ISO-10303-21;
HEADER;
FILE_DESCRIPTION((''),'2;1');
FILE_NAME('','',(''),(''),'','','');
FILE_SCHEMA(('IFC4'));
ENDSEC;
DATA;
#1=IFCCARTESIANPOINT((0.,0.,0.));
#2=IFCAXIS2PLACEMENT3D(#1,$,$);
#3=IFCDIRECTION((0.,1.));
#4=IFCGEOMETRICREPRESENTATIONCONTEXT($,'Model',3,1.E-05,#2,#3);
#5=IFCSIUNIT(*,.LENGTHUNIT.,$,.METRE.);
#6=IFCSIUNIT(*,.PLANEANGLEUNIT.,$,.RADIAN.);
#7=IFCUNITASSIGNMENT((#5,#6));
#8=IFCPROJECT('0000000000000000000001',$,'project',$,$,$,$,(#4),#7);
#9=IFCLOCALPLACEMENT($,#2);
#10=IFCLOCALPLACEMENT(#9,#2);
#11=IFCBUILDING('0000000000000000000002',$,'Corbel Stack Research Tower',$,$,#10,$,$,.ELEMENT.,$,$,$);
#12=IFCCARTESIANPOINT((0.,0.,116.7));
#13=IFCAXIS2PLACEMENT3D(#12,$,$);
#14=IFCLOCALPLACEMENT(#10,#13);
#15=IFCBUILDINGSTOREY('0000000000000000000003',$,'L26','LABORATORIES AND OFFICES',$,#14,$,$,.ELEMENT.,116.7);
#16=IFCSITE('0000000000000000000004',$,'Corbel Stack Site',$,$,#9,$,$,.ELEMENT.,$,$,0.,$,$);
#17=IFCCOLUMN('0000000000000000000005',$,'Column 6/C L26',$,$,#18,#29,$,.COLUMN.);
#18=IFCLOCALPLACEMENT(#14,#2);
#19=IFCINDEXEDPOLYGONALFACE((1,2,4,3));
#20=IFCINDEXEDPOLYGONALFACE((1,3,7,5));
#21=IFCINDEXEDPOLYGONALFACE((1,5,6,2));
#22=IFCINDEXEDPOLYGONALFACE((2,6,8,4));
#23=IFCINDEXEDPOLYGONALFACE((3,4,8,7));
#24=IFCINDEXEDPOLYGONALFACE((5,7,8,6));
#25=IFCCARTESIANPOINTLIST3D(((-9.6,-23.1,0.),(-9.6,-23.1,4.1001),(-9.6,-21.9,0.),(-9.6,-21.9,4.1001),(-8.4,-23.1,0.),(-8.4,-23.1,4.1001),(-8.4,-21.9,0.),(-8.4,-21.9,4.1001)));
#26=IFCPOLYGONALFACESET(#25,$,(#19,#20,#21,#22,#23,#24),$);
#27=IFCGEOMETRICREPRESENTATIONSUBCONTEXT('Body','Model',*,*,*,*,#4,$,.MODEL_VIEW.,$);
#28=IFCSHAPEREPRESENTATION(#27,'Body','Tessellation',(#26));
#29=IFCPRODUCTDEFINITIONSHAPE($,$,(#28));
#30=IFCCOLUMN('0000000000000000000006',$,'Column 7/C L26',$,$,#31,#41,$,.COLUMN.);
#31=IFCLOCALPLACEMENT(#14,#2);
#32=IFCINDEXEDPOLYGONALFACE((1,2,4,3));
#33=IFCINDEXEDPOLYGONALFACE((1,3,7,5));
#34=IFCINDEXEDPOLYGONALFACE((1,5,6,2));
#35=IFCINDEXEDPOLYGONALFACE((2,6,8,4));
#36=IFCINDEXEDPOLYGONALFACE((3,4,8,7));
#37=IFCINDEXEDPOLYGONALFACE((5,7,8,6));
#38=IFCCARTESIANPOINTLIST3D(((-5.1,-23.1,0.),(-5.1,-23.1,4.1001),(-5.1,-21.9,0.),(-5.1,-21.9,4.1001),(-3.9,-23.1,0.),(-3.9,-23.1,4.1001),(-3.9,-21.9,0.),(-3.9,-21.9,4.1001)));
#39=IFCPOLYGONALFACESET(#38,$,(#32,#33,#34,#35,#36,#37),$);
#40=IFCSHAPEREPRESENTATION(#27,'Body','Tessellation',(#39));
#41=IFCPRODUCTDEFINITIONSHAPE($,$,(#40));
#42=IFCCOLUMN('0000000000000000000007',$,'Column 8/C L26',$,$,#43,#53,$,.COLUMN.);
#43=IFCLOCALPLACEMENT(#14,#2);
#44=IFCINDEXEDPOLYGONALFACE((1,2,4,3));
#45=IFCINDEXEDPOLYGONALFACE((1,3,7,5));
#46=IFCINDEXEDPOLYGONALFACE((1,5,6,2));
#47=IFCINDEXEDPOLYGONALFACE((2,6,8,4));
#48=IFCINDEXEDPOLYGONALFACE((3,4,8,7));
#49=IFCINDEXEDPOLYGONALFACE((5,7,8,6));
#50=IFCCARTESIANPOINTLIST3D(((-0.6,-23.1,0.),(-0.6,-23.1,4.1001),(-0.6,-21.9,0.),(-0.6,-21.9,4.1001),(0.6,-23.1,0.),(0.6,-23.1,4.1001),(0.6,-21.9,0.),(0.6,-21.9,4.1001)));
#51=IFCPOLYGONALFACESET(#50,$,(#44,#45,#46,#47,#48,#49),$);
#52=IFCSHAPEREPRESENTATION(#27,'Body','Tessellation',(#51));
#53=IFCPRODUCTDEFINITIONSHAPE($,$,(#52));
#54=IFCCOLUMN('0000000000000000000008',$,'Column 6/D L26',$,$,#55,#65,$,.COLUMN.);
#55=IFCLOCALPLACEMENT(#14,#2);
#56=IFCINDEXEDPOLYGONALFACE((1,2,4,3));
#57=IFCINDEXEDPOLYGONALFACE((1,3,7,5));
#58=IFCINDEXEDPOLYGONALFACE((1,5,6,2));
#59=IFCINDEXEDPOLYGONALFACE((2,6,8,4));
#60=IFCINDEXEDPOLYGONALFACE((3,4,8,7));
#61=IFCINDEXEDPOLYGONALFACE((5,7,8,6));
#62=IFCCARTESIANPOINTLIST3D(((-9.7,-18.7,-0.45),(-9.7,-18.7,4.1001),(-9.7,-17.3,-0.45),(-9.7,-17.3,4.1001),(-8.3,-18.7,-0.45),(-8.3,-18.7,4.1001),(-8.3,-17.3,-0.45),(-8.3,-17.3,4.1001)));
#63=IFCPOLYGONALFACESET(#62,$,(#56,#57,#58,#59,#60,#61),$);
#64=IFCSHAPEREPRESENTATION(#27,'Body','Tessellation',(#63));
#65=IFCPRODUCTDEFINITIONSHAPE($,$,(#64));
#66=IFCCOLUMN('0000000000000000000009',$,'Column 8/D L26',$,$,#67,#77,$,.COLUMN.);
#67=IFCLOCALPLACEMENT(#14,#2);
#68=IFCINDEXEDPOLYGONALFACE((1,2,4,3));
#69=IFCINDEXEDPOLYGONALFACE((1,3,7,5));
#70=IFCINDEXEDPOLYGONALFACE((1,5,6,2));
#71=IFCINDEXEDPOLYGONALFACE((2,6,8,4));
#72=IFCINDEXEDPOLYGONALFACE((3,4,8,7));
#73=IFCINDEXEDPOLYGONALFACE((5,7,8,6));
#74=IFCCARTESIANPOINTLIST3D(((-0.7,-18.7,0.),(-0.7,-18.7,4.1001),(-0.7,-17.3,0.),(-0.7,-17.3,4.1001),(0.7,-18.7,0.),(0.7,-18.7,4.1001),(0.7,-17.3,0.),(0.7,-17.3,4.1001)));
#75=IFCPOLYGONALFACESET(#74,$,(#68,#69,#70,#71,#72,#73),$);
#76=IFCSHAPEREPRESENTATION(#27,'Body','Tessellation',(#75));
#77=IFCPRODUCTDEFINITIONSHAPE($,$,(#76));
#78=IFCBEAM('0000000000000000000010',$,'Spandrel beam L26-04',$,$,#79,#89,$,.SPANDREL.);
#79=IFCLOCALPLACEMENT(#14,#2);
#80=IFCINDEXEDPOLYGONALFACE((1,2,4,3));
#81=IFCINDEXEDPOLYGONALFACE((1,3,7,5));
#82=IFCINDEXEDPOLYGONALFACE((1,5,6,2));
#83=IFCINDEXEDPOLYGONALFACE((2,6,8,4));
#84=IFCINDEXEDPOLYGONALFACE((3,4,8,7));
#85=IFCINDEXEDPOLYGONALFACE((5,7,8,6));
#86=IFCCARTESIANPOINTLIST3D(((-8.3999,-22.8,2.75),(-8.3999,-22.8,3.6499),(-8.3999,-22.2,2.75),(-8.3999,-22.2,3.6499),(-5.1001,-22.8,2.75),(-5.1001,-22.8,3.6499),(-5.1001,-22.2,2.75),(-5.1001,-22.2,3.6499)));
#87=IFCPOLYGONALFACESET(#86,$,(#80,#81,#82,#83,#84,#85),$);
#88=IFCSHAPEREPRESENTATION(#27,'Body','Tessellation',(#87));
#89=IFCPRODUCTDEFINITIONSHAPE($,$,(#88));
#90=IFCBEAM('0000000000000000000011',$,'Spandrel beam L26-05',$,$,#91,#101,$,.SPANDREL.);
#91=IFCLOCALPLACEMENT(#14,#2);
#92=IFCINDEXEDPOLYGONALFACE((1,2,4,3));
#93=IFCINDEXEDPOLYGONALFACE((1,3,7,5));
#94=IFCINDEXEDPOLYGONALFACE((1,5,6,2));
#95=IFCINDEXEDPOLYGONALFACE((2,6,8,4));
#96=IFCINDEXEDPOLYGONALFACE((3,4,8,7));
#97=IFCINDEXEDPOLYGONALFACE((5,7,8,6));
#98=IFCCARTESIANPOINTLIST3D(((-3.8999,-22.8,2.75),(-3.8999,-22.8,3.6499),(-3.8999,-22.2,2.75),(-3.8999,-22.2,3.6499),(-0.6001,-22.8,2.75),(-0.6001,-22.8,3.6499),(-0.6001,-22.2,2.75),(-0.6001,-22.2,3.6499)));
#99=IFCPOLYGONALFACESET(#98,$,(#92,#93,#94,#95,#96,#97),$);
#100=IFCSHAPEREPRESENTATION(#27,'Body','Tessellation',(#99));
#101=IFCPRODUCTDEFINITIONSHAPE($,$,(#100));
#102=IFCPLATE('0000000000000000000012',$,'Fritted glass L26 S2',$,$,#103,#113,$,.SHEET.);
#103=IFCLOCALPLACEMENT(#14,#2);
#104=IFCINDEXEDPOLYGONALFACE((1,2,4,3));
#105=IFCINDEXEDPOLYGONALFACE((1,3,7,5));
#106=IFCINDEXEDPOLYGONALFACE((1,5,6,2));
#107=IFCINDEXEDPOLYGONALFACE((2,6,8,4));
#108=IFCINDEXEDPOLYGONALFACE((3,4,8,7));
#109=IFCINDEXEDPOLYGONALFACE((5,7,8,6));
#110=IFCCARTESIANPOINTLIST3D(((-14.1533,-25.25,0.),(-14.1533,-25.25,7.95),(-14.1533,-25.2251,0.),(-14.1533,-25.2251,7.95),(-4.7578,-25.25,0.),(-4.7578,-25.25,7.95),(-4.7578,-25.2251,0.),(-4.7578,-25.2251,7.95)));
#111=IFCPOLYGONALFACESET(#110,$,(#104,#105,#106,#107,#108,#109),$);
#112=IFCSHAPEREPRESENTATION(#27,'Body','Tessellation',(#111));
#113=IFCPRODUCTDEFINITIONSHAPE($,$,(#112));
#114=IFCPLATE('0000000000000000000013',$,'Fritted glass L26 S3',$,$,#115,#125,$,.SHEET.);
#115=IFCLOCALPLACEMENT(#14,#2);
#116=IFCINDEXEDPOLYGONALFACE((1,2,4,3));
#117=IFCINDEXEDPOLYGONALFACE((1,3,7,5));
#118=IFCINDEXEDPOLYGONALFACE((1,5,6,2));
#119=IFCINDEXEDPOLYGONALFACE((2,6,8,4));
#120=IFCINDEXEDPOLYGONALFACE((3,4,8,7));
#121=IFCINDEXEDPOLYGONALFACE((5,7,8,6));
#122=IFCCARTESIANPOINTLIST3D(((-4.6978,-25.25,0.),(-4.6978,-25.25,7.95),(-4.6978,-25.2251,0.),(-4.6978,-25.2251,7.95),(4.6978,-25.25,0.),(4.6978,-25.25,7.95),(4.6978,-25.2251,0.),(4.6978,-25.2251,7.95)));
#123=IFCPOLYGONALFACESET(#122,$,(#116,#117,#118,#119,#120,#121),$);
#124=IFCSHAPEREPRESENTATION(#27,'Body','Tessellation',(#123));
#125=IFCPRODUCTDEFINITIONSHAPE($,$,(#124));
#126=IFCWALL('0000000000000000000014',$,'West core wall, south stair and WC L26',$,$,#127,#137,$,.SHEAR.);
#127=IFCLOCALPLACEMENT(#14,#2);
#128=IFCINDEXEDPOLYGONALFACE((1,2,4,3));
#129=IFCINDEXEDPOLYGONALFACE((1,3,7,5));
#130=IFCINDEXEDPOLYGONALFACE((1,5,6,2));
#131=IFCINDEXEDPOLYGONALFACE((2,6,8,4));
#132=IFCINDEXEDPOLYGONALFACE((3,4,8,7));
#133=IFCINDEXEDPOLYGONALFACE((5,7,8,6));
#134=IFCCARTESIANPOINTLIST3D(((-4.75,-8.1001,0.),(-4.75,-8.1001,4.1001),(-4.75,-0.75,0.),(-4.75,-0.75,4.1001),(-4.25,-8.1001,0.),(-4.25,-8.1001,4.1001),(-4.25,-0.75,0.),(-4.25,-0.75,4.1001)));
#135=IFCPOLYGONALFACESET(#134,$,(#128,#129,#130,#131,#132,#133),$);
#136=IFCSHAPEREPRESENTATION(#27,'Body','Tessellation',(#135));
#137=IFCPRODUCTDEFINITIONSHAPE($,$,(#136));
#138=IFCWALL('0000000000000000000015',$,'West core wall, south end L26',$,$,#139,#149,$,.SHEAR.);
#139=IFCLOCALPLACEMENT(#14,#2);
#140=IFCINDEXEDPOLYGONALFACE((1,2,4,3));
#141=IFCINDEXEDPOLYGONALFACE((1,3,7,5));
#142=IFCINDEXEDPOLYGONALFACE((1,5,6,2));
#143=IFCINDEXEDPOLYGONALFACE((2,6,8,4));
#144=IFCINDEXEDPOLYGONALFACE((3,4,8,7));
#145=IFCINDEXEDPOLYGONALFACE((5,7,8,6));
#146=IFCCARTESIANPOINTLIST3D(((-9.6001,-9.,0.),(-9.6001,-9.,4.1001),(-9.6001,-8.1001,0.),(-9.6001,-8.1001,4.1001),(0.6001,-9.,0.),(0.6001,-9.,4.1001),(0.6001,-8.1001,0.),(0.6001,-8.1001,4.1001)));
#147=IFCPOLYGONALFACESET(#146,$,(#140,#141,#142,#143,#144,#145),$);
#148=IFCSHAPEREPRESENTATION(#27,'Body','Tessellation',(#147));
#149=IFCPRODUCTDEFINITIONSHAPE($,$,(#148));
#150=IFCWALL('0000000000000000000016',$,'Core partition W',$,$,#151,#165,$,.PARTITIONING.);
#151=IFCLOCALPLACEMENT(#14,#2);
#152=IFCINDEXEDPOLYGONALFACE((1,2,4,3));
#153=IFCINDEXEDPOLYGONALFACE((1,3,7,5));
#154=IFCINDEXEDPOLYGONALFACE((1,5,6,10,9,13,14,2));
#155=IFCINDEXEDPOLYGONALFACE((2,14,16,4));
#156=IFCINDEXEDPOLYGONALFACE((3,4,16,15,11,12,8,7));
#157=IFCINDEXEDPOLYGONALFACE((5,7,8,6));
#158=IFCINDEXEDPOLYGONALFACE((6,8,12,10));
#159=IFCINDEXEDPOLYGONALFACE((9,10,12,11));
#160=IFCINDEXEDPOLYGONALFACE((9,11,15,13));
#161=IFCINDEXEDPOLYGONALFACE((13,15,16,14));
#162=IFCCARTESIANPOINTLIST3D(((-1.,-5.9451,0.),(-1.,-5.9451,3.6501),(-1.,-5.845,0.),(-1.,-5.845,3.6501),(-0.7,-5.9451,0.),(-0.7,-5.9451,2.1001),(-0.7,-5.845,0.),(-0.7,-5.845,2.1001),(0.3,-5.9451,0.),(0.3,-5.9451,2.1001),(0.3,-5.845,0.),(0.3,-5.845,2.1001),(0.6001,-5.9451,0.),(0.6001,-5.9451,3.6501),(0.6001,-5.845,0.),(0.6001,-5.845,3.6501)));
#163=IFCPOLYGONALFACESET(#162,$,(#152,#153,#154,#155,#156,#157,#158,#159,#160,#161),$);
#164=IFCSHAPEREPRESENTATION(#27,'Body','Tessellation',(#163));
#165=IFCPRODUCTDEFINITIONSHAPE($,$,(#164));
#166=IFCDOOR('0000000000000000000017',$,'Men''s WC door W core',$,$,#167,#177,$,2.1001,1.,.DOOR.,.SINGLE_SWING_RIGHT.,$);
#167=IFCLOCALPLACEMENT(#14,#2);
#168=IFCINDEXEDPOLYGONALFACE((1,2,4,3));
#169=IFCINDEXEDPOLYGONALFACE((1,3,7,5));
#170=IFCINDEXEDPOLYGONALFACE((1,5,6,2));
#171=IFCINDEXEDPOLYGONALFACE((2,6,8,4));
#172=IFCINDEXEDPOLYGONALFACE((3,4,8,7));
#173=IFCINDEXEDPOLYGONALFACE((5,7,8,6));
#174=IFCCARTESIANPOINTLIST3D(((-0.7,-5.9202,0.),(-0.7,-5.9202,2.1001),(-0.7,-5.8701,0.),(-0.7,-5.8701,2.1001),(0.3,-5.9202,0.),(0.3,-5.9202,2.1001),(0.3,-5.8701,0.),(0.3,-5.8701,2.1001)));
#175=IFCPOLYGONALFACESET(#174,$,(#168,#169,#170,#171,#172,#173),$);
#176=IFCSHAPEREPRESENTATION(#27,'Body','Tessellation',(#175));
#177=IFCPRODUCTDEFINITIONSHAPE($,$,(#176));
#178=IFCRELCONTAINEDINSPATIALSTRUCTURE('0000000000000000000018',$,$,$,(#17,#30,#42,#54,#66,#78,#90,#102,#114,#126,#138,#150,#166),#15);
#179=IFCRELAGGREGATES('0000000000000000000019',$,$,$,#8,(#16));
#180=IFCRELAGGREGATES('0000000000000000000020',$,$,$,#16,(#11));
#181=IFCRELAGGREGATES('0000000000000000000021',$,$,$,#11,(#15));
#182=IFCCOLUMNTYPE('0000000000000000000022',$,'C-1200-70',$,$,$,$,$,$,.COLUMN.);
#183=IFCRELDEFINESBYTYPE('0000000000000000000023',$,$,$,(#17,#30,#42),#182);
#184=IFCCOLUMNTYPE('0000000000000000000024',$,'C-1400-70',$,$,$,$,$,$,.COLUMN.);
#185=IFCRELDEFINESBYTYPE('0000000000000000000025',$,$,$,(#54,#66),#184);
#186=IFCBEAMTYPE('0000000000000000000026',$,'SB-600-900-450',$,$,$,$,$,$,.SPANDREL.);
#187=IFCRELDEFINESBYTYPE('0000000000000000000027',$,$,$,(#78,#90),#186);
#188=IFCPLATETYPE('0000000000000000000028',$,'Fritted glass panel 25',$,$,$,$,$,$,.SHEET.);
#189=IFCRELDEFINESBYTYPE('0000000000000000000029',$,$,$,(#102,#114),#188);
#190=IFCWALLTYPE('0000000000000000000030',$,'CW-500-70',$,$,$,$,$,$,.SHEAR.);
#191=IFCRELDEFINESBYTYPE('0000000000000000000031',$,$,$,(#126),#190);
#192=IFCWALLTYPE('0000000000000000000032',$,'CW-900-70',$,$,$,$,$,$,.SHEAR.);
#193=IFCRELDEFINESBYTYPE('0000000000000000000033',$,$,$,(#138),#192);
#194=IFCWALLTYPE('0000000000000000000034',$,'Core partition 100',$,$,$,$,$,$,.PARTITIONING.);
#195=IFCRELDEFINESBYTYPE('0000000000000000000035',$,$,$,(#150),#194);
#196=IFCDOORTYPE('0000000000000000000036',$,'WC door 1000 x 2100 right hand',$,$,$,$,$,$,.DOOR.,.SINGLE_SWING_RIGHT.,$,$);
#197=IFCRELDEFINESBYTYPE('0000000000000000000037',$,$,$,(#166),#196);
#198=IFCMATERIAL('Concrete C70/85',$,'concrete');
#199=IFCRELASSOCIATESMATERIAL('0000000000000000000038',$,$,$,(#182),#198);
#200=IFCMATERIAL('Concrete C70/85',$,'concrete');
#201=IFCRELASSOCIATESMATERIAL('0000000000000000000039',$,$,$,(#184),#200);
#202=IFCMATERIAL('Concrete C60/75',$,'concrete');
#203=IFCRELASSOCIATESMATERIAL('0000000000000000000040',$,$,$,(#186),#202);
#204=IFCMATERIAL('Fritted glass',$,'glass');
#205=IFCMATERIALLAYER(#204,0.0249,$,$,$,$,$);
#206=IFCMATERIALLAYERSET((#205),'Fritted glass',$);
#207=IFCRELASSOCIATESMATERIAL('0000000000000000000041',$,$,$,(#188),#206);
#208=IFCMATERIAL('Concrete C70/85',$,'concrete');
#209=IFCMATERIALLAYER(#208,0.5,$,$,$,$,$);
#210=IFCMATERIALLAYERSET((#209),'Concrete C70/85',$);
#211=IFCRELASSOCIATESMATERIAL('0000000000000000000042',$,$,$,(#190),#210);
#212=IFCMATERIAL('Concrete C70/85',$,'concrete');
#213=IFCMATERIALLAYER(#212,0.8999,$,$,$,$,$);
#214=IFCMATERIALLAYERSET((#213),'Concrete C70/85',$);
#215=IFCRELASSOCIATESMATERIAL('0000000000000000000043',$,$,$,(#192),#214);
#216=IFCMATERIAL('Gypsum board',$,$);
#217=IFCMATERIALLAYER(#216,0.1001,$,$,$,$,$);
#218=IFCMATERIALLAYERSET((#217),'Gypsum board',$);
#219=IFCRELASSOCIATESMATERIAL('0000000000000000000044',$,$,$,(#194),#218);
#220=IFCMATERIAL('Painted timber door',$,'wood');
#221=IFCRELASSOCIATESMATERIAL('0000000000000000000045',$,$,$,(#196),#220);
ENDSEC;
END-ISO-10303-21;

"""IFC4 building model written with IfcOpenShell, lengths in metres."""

from ifc_helpers import new_model, si_unit, direction, frame, frame_2d, origin, origin_2d, place, context, subcontext, project, spatial, rectangle, extrude, material, layer, layer_set, material_profile, profile_set, type_object, element, fill, save


model = new_model("IFC4")

# Units and contexts
model_context = context("Model", 3, precision=1e-05, world=origin(), true_north=direction((0.0, 1.0)))
body_context = subcontext(model_context, "Body", "Model", "MODEL_VIEW")
ifc_project = project(units=[si_unit("LENGTHUNIT", "METRE"), si_unit("PLANEANGLEUNIT", "RADIAN")], contexts=[model_context])

# Site, building, storey
site_placement = place(None, origin())
site = spatial("IfcSite", under=ifc_project, at=site_placement, Name="Corbel Stack Site", CompositionType="ELEMENT", RefElevation=0.0)
building_placement = place(site_placement, origin())
building = spatial("IfcBuilding", under=site, at=building_placement, Name="Corbel Stack Research Tower", CompositionType="ELEMENT")
storey_placement = place(building_placement, frame((0.0, 0.0, 116.7)))
storey = spatial("IfcBuildingStorey", under=building, at=storey_placement, Name="L26", Description="LABORATORIES AND OFFICES", CompositionType="ELEMENT", Elevation=116.7)

# Columns
ifc_material_1 = material(Name="Concrete C70/85", Category="concrete")
ifc_material_profile_1 = material_profile(ifc_material_1, rectangle(XDim=1.2, YDim=1.2, at=origin_2d()), Name="RC 1200 x 1200")
ifc_profile_set_1 = profile_set([ifc_material_profile_1], Name="Concrete C70/85")
column_type_1 = type_object("IfcColumnType", Name="C-1200-70", PredefinedType="COLUMN", material=ifc_profile_set_1)
for number, where, z_axis, x_axis, name in (
    (1, (-9.0, -22.5, 0.0), (0.0, 0.0, 1.0), (1.0, 0.0, 0.0), "Column 6/C L26"),
    (2, (-4.5, -22.5, 0.0), (0.0, 0.0, 1.0), (1.0, 0.0, 0.0), "Column 7/C L26"),
    (3, (0.0, -22.5, 0.0), (0.0, 0.0, 1.0), (1.0, 0.0, 0.0), "Column 8/C L26"),
):
    element("IfcColumn", number, at=place(storey_placement, frame(where, z_axis=z_axis, x_axis=x_axis)), inside=storey, type_object=column_type_1, Name=name, PredefinedType="COLUMN", context=body_context, shape_type="SweptSolid", body=[
        extrude(rectangle(XDim=1.2, YDim=1.2, at=origin_2d()), origin(), (0.0, 0.0, 1.0), 4.1001),
    ])
ifc_material_2 = material(Name="Concrete C70/85", Category="concrete")
ifc_material_profile_2 = material_profile(ifc_material_2, rectangle(XDim=1.3999, YDim=1.3999, at=origin_2d()), Name="RC 1400 x 1400")
ifc_profile_set_2 = profile_set([ifc_material_profile_2], Name="Concrete C70/85")
column_type_2 = type_object("IfcColumnType", Name="C-1400-70", PredefinedType="COLUMN", material=ifc_profile_set_2)
column_1_placement = place(storey_placement, frame((-9.0, -18.0, -0.45), z_axis=(0.0, 0.0, 1.0), x_axis=(1.0, 0.0, 0.0)))
element("IfcColumn", 4, at=column_1_placement, inside=storey, type_object=column_type_2, Name="Column 6/D L26", PredefinedType="COLUMN", context=body_context, shape_type="SweptSolid", body=[
    extrude(rectangle(XDim=1.3999, YDim=1.3999, at=origin_2d()), origin(), (0.0, 0.0, 1.0), 4.55),
])
column_2_placement = place(storey_placement, frame((0.0, -18.0, 0.0), z_axis=(0.0, 0.0, 1.0), x_axis=(1.0, 0.0, 0.0)))
element("IfcColumn", 5, at=column_2_placement, inside=storey, type_object=column_type_2, Name="Column 8/D L26", PredefinedType="COLUMN", context=body_context, shape_type="SweptSolid", body=[
    extrude(rectangle(XDim=1.3999, YDim=1.3999, at=origin_2d()), origin(), (0.0, 0.0, 1.0), 4.1001),
])

# Beams
ifc_material_3 = material(Name="Concrete C60/75", Category="concrete")
ifc_material_profile_3 = material_profile(ifc_material_3, rectangle(XDim=0.6001, YDim=0.8999, at=origin_2d()), Name="RC 600 x 900")
ifc_profile_set_3 = profile_set([ifc_material_profile_3], Name="Concrete C60/75")
beam_type = type_object("IfcBeamType", Name="SB-600-900-450", PredefinedType="SPANDREL", material=ifc_profile_set_3)
for number, where, z_axis, x_axis, name in (
    (6, (-8.3999, -22.5, 3.2), (1.0, 0.0, 0.0), (0.0, 1.0, 0.0), "Spandrel beam L26-04"),
    (7, (-3.8999, -22.5, 3.2), (1.0, 0.0, 0.0), (0.0, 1.0, 0.0), "Spandrel beam L26-05"),
):
    element("IfcBeam", number, at=place(storey_placement, frame(where, z_axis=z_axis, x_axis=x_axis)), inside=storey, type_object=beam_type, Name=name, PredefinedType="SPANDREL", context=body_context, shape_type="SweptSolid", body=[
        extrude(rectangle(XDim=0.6001, YDim=0.8999, at=origin_2d()), origin(), (0.0, 0.0, 1.0), 3.2998),
    ])

# Plates
ifc_material_4 = material(Name="Fritted glass", Category="glass")
ifc_layer_1 = layer(ifc_material_4, 0.0249)
ifc_layer_set_1 = layer_set([ifc_layer_1], Name="Fritted glass")
plate_type = type_object("IfcPlateType", Name="Fritted glass panel 25", PredefinedType="SHEET", material=ifc_layer_set_1)
for number, where, z_axis, x_axis, name in (
    (8, (-9.4556, -25.2375, 0.0), (0.0, 0.0, 1.0), (1.0, 0.0, 0.0), "Fritted glass L26 S2"),
    (9, (0.0, -25.2375, 0.0), (0.0, 0.0, 1.0), (1.0, 0.0, 0.0), "Fritted glass L26 S3"),
):
    element("IfcPlate", number, at=place(storey_placement, frame(where, z_axis=z_axis, x_axis=x_axis)), inside=storey, type_object=plate_type, Name=name, PredefinedType="SHEET", context=body_context, shape_type="SweptSolid", body=[
        extrude(rectangle(XDim=9.3955, YDim=0.0249, at=origin_2d()), origin(), (0.0, 0.0, 1.0), 7.95),
    ])

# Wall
ifc_material_5 = material(Name="Concrete C70/85", Category="concrete")
ifc_layer_2 = layer(ifc_material_5, 0.5)
ifc_layer_set_2 = layer_set([ifc_layer_2], Name="Concrete C70/85")
wall_type_1 = type_object("IfcWallType", Name="CW-500-70", PredefinedType="SHEAR", material=ifc_layer_set_2)
wall_1_placement = place(storey_placement, frame((-4.5, -8.1001, 0.0), z_axis=(0.0, 0.0, 1.0), x_axis=(0.0, 1.0, 0.0)))
element("IfcWall", 10, at=wall_1_placement, inside=storey, type_object=wall_type_1, Name="West core wall, south stair and WC L26", PredefinedType="SHEAR", context=body_context, shape_type="SweptSolid", body=[
    extrude(rectangle(XDim=7.3501, YDim=0.5, at=frame_2d((3.675, 0.0))), origin(), (0.0, 0.0, 1.0), 4.1001),
])

# Shared definitions
ifc_material_6 = material(Name="Concrete C70/85", Category="concrete")
ifc_layer_3 = layer(ifc_material_6, 0.8999)
ifc_layer_set_3 = layer_set([ifc_layer_3], Name="Concrete C70/85")
wall_type_2 = type_object("IfcWallType", Name="CW-900-70", PredefinedType="SHEAR", material=ifc_layer_set_3)

# Wall
wall_2_placement = place(storey_placement, frame((-9.6001, -8.55, 0.0), z_axis=(0.0, 0.0, 1.0), x_axis=(1.0, 0.0, 0.0)))
element("IfcWall", 11, at=wall_2_placement, inside=storey, type_object=wall_type_2, Name="West core wall, south end L26", PredefinedType="SHEAR", context=body_context, shape_type="SweptSolid", body=[
    extrude(rectangle(XDim=10.2002, YDim=0.8999, at=frame_2d((5.1001, 0.0))), origin(), (0.0, 0.0, 1.0), 4.1001),
])

# Wall, opening, door
ifc_material_7 = material(Name="Gypsum board")
ifc_layer_4 = layer(ifc_material_7, 0.1001)
ifc_layer_set_4 = layer_set([ifc_layer_4], Name="Gypsum board")
wall_type_3 = type_object("IfcWallType", Name="Core partition 100", PredefinedType="PARTITIONING", material=ifc_layer_set_4)
wall_3_placement = place(storey_placement, frame((-1.0, -5.895, 0.0), z_axis=(0.0, 0.0, 1.0), x_axis=(1.0, 0.0, 0.0)))
wall_3 = element("IfcWall", 12, at=wall_3_placement, inside=storey, type_object=wall_type_3, Name="Core partition W", PredefinedType="PARTITIONING", context=body_context, shape_type="SweptSolid", body=[
    extrude(rectangle(XDim=1.6001, YDim=0.1001, at=frame_2d((0.8, 0.0))), origin(), (0.0, 0.0, 1.0), 3.6501),
])
opening_1_placement = place(wall_3_placement, frame((0.3, 0.0, 0.0)))
opening_1 = element("IfcOpeningElement", 13, at=opening_1_placement, cuts=wall_3, PredefinedType="OPENING", context=body_context, shape_type="SweptSolid", body=[
    extrude(rectangle(XDim=1.0, YDim=2.1001, at=frame_2d((0.5, 1.05))), frame((0.0, 0.0601, 0.0), z_axis=(0.0, -1.0, 0.0), x_axis=(1.0, 0.0, 0.0)), (0.0, 0.0, 1.0), 0.1201),
])
ifc_material_8 = material(Name="Painted timber door", Category="wood")
door_type_1 = type_object("IfcDoorType", Name="WC door 1000 x 2100 right hand", OperationType="SINGLE_SWING_RIGHT", PredefinedType="DOOR", material=ifc_material_8)
door_1_placement = place(opening_1_placement, origin())
door_1 = element("IfcDoor", 14, at=door_1_placement, inside=storey, type_object=door_type_1, Name="Men's WC door W core", OperationType="SINGLE_SWING_RIGHT", OverallHeight=2.1001, OverallWidth=1.0, PredefinedType="DOOR", context=body_context, shape_type="SweptSolid", body=[
    extrude(rectangle(XDim=1.0, YDim=2.1001, at=frame_2d((0.5, 1.05))), frame((0.0, 0.0249, 0.0), z_axis=(0.0, -1.0, 0.0), x_axis=(1.0, 0.0, 0.0)), (0.0, 0.0, 1.0), 0.05),
])
fill(opening_1, door_1)

save(model, "model.ifc")
